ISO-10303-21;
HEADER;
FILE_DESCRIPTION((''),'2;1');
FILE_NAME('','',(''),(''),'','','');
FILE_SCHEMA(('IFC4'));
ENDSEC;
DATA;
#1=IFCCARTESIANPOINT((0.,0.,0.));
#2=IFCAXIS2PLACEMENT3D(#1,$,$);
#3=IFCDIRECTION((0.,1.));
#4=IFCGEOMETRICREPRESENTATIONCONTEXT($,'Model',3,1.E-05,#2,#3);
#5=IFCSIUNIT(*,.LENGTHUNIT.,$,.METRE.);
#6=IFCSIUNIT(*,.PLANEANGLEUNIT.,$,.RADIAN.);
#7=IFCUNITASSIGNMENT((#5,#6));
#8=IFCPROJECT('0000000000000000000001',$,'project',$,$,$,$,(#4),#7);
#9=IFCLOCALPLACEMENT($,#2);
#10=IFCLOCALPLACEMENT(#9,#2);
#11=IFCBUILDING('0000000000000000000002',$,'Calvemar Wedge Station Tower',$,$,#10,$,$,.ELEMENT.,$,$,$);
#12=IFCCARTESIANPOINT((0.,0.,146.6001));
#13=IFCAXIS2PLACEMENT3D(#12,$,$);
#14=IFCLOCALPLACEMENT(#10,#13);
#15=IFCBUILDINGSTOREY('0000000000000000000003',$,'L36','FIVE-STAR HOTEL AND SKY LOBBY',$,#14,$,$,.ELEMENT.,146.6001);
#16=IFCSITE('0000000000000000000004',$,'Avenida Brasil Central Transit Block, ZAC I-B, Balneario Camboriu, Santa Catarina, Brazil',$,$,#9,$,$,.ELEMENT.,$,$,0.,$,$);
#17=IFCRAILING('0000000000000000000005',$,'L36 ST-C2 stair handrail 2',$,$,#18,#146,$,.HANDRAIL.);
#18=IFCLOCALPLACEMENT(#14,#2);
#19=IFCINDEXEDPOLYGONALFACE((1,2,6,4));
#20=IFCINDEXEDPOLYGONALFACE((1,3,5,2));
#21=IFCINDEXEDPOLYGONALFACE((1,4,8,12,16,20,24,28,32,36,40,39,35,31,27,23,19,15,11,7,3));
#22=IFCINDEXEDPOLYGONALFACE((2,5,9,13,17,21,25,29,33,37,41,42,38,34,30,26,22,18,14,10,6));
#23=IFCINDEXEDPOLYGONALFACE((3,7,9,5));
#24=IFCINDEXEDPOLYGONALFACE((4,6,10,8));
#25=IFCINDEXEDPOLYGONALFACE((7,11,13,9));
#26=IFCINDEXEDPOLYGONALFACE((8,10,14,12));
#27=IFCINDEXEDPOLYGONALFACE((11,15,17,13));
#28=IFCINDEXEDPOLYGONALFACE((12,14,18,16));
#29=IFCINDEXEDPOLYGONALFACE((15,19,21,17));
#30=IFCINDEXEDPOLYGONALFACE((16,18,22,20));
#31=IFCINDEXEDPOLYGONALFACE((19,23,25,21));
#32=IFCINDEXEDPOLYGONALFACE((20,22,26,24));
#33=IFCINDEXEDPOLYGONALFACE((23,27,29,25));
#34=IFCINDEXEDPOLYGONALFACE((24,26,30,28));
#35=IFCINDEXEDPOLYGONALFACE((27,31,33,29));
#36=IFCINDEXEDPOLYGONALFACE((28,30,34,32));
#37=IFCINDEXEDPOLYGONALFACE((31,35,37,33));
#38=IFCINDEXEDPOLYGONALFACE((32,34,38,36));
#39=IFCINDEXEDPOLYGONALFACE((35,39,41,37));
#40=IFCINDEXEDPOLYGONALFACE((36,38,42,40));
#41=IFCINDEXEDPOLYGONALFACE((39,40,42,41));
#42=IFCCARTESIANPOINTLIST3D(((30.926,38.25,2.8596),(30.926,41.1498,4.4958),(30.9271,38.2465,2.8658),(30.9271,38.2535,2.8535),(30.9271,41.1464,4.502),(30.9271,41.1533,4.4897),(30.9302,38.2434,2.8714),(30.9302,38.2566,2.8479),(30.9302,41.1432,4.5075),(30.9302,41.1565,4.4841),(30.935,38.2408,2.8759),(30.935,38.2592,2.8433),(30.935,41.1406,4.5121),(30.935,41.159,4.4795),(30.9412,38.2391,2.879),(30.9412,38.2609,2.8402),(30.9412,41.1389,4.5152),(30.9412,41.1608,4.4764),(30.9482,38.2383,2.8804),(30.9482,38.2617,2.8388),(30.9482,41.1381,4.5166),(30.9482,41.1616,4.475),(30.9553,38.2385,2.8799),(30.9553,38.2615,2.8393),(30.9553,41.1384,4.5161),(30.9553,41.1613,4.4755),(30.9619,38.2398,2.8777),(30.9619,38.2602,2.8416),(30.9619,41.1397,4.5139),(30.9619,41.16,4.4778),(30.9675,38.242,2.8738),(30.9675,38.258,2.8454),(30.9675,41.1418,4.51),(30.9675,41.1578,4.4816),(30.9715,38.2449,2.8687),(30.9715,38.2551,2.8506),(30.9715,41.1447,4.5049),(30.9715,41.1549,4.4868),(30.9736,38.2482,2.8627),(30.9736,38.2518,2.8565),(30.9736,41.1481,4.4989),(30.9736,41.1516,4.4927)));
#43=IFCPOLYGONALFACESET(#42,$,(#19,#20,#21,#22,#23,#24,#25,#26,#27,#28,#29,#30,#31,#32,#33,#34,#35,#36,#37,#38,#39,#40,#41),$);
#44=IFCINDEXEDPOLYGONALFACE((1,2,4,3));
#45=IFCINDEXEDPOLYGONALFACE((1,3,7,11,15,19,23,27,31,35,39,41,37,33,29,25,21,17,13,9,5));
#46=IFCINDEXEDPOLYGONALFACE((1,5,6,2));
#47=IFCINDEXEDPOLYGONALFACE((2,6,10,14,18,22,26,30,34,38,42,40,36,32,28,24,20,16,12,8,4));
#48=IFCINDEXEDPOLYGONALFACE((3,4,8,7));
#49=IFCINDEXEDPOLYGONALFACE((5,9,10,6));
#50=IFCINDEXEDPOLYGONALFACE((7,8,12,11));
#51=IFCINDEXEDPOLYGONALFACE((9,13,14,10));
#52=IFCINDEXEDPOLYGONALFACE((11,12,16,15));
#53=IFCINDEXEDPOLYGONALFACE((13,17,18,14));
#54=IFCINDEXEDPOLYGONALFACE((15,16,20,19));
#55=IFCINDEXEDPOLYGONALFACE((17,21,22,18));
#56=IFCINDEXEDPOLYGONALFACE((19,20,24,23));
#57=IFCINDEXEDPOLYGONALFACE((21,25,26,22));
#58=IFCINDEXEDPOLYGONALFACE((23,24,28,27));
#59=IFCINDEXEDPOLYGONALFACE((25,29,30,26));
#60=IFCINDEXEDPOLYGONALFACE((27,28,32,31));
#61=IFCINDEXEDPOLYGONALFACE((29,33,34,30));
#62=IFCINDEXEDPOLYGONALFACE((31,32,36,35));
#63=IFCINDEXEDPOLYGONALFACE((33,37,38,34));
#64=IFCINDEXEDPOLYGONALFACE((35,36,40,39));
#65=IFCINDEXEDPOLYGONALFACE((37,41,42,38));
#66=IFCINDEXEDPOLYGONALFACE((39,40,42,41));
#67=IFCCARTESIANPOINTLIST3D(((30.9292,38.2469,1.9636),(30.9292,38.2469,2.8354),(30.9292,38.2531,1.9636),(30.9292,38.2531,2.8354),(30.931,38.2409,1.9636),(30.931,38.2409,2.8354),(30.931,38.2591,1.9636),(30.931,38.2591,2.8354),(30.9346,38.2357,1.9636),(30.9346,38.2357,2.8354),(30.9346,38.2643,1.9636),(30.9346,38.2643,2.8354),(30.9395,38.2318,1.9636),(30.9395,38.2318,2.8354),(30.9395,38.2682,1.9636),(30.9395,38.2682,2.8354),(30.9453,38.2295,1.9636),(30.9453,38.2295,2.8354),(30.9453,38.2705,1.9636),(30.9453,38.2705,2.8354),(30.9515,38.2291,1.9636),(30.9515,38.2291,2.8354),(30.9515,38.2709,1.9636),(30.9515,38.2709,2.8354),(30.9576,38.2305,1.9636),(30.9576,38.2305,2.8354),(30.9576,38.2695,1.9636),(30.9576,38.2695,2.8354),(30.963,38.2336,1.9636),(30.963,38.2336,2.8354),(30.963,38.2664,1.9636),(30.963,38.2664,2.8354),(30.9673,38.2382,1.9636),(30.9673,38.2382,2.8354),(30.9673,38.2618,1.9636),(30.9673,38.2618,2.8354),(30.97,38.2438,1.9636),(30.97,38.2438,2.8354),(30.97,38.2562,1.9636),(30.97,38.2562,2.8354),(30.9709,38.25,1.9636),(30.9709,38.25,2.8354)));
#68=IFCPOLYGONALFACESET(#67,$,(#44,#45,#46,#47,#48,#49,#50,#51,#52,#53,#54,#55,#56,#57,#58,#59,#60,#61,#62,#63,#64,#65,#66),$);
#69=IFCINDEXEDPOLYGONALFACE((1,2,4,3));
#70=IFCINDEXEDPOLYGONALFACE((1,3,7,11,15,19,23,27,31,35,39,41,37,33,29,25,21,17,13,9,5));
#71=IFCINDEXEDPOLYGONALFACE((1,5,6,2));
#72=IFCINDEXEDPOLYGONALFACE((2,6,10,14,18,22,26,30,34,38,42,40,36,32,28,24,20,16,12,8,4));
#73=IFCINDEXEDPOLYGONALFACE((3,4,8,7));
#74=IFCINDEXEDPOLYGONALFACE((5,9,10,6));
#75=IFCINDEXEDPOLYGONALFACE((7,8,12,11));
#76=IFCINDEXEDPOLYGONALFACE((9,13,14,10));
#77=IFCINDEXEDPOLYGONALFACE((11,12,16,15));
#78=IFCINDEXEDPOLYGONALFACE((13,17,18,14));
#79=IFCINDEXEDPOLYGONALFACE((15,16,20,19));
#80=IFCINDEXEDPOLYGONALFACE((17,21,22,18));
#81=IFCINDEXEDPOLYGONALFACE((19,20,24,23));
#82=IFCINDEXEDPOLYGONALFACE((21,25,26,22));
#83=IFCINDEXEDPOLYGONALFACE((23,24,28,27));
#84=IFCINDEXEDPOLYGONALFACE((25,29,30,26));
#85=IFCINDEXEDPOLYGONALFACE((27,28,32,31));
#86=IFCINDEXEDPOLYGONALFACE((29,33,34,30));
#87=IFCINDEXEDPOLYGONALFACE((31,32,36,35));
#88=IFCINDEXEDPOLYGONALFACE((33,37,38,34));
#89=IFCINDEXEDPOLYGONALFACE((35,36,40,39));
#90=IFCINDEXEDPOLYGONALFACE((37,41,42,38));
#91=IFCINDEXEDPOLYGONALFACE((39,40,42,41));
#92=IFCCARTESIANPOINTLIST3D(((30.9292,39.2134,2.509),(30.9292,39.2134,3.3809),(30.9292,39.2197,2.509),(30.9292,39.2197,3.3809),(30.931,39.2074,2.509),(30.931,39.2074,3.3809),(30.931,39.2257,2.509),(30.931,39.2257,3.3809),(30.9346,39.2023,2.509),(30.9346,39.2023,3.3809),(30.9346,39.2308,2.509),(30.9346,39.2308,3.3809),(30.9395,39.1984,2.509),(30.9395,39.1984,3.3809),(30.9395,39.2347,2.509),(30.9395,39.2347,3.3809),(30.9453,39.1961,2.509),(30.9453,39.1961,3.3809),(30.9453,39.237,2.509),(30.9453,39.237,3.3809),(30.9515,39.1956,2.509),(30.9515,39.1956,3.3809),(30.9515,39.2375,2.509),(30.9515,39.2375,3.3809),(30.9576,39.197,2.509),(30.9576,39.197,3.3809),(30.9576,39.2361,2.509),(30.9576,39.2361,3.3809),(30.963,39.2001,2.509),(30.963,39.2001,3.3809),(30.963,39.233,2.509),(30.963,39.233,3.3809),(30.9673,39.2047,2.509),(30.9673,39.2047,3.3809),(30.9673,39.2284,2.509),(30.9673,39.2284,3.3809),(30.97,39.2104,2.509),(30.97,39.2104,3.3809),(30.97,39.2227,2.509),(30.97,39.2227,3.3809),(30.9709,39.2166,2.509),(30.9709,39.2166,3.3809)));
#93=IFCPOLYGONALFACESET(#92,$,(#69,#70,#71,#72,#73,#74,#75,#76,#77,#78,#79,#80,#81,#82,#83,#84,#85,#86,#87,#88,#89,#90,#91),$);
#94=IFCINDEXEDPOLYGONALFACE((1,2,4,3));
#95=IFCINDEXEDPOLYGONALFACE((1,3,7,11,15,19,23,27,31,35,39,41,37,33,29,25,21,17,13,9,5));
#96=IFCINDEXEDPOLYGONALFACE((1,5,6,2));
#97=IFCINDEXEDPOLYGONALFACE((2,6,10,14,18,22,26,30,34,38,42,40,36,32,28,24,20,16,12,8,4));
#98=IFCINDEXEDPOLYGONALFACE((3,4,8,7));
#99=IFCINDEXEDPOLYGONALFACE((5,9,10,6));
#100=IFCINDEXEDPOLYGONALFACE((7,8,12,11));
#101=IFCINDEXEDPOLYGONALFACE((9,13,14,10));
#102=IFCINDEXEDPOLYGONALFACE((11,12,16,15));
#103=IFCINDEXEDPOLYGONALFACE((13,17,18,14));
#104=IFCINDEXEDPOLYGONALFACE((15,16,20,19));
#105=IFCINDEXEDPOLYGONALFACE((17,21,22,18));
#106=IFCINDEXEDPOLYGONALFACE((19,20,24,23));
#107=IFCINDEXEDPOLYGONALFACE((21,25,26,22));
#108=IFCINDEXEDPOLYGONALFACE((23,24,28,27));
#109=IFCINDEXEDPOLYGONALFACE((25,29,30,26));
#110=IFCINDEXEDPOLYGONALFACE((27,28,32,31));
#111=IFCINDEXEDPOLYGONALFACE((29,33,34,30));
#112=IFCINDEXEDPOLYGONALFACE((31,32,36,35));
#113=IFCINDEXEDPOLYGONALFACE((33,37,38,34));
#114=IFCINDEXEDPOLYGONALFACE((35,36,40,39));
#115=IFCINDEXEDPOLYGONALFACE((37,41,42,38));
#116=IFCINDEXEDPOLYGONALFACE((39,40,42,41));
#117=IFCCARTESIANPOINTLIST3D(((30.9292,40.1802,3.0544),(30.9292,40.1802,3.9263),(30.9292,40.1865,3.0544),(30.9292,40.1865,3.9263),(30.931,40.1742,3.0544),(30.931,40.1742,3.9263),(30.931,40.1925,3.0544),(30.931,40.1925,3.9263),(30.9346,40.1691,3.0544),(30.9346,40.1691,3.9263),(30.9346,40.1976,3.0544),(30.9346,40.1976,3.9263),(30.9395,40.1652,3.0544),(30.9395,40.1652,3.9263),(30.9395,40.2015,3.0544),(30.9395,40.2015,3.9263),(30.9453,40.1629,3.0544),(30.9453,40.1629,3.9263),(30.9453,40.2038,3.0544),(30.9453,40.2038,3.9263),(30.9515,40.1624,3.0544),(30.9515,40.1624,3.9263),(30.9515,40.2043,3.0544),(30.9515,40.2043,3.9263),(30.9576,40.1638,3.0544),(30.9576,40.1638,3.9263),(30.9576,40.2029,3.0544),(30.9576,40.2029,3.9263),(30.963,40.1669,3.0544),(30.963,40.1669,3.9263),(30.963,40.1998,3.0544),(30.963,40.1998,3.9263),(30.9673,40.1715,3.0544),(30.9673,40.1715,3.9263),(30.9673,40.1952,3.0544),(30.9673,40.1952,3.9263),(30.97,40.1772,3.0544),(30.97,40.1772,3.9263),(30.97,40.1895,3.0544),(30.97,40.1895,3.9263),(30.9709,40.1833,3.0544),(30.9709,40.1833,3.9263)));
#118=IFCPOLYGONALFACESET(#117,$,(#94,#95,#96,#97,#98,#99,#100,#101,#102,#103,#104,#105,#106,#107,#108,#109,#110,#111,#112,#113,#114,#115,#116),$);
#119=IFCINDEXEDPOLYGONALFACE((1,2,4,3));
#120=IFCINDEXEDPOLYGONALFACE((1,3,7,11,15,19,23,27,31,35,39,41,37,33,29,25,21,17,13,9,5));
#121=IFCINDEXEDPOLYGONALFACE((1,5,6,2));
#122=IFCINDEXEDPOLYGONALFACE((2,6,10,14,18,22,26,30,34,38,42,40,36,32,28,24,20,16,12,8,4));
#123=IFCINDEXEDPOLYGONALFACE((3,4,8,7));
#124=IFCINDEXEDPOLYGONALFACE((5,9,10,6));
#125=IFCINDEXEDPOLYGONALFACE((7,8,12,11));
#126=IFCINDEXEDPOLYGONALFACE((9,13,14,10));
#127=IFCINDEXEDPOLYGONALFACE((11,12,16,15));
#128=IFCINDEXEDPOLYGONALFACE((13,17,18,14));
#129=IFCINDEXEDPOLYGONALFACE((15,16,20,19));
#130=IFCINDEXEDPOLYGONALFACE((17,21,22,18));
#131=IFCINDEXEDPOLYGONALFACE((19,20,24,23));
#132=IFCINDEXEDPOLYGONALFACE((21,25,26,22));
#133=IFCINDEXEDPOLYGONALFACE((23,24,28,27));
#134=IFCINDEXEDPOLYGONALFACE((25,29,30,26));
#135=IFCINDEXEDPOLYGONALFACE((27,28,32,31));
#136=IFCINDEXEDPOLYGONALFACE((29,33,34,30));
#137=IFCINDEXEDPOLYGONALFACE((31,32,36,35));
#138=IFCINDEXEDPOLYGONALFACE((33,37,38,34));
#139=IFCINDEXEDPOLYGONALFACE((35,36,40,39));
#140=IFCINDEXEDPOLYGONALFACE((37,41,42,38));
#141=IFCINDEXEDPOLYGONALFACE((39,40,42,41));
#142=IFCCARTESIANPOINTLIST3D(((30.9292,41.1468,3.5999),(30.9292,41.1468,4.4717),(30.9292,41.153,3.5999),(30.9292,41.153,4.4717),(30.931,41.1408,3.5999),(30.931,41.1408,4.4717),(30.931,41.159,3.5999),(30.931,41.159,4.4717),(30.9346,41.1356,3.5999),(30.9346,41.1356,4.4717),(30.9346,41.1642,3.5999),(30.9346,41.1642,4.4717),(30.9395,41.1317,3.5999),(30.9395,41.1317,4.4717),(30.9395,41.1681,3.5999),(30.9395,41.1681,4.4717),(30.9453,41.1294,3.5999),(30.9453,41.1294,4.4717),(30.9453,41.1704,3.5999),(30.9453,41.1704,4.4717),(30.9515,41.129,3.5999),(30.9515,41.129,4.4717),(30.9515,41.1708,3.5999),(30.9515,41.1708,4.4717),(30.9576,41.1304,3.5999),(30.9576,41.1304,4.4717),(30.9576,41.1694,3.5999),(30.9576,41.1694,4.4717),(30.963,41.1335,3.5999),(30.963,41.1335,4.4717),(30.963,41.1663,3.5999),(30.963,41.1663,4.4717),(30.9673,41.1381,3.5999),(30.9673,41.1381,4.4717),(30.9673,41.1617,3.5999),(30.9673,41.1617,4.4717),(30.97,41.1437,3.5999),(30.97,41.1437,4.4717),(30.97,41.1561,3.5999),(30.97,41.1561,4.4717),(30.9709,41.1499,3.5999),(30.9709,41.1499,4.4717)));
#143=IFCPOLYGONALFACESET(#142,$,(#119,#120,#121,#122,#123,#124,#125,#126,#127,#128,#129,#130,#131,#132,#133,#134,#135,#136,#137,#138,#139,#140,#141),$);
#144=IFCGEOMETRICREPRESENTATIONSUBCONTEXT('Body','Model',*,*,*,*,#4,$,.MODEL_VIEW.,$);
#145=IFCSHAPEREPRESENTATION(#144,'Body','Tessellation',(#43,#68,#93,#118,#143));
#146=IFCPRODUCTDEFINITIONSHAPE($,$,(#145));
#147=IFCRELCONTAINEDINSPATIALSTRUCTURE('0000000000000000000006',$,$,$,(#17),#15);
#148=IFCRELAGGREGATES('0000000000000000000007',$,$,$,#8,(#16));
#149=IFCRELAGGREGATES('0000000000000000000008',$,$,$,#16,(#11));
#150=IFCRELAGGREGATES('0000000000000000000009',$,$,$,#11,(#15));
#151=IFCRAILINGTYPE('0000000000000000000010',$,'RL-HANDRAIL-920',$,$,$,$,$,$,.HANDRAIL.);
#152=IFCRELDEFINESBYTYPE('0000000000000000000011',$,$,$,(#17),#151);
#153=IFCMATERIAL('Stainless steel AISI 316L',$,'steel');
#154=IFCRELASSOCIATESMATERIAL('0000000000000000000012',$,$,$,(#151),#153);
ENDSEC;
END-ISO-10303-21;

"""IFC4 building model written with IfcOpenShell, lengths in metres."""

from ifc_helpers import new_model, si_unit, direction, frame, origin, origin_2d, place, context, subcontext, project, spatial, circle, extrude, material, type_object, element, save


model = new_model("IFC4")

# Units and contexts
model_context = context("Model", 3, precision=1e-05, world=origin(), true_north=direction((0.0, 1.0)))
body_context = subcontext(model_context, "Body", "Model", "MODEL_VIEW")
ifc_project = project(units=[si_unit("LENGTHUNIT", "METRE"), si_unit("PLANEANGLEUNIT", "RADIAN")], contexts=[model_context])

# Site, building, storey
site_placement = place(None, origin())
site = spatial("IfcSite", under=ifc_project, at=site_placement, Name="Avenida Brasil Central Transit Block, ZAC I-B, Balneario Camboriu, Santa Catarina, Brazil", CompositionType="ELEMENT", RefElevation=0.0)
building_placement = place(site_placement, origin())
building = spatial("IfcBuilding", under=site, at=building_placement, Name="Calvemar Wedge Station Tower", CompositionType="ELEMENT")
storey_placement = place(building_placement, frame((0.0, 0.0, 146.6001)))
storey = spatial("IfcBuildingStorey", under=building, at=storey_placement, Name="L36", Description="FIVE-STAR HOTEL AND SKY LOBBY", CompositionType="ELEMENT", Elevation=146.6001)

# Railing
ifc_material_1 = material(Name="Stainless steel AISI 316L", Category="steel")
railing_type_1 = type_object("IfcRailingType", Name="RL-HANDRAIL-920", PredefinedType="HANDRAIL", material=ifc_material_1)
railing_1_placement = place(storey_placement, frame((30.95, 38.25, 1.9636)))
element("IfcRailing", 1, at=railing_1_placement, inside=storey, type_object=railing_type_1, Name="L36 ST-C2 stair handrail 2", PredefinedType="HANDRAIL", context=body_context, shape_type="SweptSolid", body=[
    extrude(circle(Radius=0.0239, at=origin_2d()), frame((0.0, 0.0, 0.896), z_axis=(0.0, 0.870929, 0.49141), x_axis=(-1.0, 0.0, 0.0)), (0.0, 0.0, 1.0), 3.3296),
    extrude(circle(Radius=0.021, at=origin_2d()), origin(), (0.0, 0.0, 1.0), 0.8718),
    extrude(circle(Radius=0.021, at=origin_2d()), frame((0.0, 0.9666, 0.5454)), (0.0, 0.0, 1.0), 0.8718),
    extrude(circle(Radius=0.021, at=origin_2d()), frame((0.0, 1.9333, 1.0908)), (0.0, 0.0, 1.0), 0.8718),
    extrude(circle(Radius=0.021, at=origin_2d()), frame((0.0, 2.8999, 1.6362)), (0.0, 0.0, 1.0), 0.8718),
])

save(model, "model.ifc")
